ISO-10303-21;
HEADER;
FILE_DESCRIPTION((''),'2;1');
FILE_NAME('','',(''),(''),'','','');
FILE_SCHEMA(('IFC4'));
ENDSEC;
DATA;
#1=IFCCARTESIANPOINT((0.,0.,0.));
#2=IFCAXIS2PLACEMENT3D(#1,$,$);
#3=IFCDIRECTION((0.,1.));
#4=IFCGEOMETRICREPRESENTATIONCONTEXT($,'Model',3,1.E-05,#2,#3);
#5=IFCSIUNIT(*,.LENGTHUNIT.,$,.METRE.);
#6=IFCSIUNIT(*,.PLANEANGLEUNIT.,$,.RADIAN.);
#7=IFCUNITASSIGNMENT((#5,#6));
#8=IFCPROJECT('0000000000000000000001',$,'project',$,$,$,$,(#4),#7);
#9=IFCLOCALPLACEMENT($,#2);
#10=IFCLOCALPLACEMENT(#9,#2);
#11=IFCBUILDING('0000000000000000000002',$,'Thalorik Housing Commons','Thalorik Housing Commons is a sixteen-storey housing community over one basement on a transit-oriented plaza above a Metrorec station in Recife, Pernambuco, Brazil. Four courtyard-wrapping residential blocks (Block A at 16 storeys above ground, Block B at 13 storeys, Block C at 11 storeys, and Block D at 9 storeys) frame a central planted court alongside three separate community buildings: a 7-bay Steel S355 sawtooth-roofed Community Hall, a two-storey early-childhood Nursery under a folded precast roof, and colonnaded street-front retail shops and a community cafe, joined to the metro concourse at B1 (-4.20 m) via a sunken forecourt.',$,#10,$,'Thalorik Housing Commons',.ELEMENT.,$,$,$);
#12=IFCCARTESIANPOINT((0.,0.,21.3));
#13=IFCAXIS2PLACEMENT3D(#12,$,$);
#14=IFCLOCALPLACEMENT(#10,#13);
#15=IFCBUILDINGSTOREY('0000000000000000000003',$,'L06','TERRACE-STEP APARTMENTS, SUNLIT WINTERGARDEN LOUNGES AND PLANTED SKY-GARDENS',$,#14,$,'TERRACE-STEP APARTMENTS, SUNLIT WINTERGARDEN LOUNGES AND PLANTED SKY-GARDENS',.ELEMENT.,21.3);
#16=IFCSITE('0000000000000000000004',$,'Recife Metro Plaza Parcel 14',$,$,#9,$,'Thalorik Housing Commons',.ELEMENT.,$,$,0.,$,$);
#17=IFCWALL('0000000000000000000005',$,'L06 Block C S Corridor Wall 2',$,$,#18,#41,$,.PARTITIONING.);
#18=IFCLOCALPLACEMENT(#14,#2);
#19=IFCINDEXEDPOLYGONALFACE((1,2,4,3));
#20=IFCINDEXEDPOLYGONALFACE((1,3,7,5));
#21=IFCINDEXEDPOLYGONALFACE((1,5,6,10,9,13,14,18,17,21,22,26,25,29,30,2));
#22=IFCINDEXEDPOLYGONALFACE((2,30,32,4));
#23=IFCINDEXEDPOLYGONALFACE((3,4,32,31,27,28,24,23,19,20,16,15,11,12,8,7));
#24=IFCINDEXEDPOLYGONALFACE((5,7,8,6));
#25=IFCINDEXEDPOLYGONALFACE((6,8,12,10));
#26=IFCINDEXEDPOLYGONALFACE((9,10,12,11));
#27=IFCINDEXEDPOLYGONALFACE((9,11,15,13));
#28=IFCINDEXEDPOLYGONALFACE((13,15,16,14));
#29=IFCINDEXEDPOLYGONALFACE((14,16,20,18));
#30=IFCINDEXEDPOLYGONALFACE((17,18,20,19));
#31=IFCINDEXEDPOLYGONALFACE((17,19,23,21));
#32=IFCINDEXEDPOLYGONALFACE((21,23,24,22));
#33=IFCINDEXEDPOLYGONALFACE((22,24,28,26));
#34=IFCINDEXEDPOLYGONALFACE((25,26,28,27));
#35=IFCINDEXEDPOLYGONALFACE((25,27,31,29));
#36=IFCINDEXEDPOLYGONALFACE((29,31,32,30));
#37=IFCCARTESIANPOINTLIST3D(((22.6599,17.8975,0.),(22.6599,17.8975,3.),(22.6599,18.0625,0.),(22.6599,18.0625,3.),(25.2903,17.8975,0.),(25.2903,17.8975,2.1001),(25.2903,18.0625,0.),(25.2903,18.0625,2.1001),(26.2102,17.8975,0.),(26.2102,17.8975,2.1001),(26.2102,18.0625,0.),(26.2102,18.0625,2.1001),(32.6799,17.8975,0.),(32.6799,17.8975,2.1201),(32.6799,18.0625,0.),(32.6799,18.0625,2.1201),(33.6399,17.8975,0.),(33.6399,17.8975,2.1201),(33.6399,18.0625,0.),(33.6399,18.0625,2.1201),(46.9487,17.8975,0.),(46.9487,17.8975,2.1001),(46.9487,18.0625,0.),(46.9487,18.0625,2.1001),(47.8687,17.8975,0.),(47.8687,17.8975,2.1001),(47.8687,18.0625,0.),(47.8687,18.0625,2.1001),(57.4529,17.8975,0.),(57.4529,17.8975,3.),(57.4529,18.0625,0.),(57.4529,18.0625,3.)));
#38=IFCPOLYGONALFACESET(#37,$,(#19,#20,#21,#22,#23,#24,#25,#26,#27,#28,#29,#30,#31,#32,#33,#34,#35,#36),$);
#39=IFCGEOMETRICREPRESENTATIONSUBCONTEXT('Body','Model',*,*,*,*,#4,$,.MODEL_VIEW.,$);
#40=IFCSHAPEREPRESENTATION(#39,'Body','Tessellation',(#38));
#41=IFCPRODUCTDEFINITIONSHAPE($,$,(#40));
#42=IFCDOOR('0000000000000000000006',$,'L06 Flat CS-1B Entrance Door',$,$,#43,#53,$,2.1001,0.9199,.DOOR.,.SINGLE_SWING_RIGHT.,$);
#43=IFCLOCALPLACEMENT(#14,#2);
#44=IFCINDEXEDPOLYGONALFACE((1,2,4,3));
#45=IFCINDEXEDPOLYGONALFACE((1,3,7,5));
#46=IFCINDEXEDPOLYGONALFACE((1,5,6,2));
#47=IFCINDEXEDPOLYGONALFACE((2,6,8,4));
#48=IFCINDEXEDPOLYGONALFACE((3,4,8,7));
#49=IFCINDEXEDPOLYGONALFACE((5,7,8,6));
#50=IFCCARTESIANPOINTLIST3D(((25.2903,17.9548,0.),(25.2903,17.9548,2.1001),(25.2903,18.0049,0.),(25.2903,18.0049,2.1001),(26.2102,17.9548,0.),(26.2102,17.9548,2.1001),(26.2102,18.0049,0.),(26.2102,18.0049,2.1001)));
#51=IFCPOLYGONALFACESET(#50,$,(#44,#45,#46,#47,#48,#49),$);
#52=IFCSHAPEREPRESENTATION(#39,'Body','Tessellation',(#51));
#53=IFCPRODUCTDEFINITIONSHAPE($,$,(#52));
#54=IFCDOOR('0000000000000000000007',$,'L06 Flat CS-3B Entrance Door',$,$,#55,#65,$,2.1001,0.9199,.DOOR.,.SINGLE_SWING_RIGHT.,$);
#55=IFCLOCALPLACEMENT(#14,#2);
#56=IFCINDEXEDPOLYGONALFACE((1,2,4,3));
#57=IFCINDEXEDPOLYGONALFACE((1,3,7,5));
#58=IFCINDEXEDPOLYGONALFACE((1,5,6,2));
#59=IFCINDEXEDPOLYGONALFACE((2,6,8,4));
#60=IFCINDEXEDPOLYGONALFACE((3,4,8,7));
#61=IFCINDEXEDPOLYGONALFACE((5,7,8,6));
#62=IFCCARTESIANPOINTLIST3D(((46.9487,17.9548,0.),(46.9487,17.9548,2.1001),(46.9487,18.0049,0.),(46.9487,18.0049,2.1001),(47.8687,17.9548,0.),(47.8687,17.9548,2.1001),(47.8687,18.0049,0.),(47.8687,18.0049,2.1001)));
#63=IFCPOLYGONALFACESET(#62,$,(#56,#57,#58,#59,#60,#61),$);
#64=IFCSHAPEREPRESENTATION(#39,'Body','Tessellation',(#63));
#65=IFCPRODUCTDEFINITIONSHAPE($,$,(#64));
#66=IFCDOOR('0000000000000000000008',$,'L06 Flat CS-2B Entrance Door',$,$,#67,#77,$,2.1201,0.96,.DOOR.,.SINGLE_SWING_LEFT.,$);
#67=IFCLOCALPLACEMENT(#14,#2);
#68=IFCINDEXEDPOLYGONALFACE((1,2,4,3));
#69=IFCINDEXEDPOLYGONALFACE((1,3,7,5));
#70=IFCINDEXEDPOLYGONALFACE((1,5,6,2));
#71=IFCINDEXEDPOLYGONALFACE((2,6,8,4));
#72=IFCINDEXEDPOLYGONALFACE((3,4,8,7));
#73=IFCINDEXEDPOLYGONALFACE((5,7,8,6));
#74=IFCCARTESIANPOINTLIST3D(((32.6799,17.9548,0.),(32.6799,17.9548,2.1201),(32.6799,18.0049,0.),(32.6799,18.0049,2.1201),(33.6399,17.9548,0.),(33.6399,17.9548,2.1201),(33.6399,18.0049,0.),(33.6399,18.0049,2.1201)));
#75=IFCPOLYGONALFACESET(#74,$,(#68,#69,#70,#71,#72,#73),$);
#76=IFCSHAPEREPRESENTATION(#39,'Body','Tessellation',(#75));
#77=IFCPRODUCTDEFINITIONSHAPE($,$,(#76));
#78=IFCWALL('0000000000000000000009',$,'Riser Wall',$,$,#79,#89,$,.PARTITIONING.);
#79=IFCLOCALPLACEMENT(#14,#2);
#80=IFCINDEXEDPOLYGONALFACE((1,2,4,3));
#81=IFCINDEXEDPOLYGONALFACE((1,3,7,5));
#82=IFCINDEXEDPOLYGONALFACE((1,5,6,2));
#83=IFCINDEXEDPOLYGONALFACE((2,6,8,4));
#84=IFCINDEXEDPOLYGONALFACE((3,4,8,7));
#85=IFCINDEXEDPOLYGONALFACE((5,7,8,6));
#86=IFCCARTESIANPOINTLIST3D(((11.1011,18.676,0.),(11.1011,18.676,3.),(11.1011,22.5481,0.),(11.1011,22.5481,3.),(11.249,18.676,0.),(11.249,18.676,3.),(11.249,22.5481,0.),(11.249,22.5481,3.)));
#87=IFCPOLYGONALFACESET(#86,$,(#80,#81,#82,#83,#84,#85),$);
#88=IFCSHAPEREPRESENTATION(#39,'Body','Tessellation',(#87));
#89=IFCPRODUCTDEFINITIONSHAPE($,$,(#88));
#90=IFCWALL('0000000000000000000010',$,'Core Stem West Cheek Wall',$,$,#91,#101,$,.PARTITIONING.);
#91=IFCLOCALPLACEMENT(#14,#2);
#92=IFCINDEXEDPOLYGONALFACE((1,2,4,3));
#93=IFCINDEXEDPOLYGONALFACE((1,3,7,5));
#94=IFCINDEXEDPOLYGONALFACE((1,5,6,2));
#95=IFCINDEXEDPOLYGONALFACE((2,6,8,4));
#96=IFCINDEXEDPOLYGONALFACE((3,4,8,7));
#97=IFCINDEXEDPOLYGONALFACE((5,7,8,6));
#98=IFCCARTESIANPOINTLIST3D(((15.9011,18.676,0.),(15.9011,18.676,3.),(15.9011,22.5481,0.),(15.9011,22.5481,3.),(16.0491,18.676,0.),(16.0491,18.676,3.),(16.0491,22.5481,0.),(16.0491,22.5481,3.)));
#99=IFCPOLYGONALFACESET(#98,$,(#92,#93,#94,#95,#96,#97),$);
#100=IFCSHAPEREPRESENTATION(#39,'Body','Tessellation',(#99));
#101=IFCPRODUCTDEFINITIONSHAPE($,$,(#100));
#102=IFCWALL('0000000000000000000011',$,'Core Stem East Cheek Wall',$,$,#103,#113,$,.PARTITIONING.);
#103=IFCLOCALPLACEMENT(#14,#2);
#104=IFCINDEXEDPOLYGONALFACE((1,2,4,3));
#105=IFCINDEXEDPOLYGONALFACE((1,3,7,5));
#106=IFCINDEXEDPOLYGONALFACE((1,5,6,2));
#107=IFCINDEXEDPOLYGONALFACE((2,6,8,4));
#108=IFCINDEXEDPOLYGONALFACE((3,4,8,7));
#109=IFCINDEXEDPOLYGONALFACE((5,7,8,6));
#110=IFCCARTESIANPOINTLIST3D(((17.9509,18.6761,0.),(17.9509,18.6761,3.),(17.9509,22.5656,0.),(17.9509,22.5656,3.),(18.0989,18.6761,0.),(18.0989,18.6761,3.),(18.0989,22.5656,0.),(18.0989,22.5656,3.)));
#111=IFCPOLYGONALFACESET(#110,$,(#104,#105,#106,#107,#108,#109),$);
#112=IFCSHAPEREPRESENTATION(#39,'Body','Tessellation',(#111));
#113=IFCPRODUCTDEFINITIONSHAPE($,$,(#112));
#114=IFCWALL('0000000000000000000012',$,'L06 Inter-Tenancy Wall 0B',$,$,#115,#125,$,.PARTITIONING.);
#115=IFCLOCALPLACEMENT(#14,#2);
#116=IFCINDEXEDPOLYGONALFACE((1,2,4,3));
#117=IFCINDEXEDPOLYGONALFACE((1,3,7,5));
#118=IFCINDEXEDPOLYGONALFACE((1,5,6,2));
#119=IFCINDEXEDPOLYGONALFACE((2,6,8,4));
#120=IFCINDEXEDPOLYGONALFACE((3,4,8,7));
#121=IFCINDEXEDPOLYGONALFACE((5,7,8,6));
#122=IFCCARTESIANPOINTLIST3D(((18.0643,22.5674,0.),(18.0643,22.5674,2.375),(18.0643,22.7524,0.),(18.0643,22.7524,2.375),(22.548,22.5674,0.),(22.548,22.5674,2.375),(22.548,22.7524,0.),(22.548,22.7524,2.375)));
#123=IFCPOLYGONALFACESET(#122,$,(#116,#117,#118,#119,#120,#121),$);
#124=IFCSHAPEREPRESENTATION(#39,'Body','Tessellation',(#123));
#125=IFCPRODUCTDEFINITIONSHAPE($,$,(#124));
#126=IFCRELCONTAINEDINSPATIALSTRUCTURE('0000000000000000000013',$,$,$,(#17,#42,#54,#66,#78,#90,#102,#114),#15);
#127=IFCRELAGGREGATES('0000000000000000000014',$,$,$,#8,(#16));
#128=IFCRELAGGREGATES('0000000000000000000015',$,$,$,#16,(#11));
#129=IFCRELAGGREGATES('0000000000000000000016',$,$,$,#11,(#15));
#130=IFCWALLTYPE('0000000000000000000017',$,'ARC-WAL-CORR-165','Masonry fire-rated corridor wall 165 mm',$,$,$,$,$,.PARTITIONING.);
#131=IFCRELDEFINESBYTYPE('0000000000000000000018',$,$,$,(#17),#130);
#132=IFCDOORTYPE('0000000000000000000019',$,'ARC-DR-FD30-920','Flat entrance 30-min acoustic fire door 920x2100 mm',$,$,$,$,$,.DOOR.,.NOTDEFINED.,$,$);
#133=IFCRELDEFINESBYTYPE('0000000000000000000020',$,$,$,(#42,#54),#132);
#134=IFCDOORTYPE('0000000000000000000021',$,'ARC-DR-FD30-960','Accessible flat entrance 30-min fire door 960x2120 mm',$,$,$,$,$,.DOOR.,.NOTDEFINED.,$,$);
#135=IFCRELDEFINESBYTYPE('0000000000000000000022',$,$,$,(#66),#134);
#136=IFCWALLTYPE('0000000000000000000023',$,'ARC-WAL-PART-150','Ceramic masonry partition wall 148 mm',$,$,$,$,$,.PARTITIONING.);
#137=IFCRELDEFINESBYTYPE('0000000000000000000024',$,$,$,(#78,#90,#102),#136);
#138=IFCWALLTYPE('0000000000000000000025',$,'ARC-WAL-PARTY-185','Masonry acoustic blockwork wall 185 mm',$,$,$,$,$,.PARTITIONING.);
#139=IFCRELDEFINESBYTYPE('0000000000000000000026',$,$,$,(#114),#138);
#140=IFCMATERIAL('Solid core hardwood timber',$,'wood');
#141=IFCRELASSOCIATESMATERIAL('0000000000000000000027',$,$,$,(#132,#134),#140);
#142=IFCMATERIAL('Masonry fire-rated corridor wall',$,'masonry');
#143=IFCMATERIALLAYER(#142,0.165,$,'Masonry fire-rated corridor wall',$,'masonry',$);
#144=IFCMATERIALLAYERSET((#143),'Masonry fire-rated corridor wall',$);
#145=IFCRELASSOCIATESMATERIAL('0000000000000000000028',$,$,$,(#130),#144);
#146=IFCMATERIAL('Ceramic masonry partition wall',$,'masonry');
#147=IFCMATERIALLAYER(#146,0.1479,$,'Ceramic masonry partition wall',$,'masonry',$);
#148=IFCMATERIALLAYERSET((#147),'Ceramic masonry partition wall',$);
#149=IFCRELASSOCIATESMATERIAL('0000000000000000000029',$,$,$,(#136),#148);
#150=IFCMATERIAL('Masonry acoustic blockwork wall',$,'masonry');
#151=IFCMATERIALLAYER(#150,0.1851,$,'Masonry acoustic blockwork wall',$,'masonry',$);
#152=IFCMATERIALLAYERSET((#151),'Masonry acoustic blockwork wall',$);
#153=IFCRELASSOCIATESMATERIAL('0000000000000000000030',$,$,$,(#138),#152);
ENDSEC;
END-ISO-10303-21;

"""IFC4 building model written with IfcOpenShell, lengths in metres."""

from ifc_helpers import new_model, si_unit, direction, frame, frame_2d, origin, place, context, subcontext, project, spatial, rectangle, extrude, material, layer, layer_set, type_object, element, fill, save


model = new_model("IFC4")

# Units and contexts
model_context = context("Model", 3, precision=1e-05, world=origin(), true_north=direction((0.0, 1.0)))
body_context = subcontext(model_context, "Body", "Model", "MODEL_VIEW")
ifc_project = project(units=[si_unit("LENGTHUNIT", "METRE"), si_unit("PLANEANGLEUNIT", "RADIAN")], contexts=[model_context])

# Site, building, storey
site_placement = place(None, origin())
site = spatial("IfcSite", under=ifc_project, at=site_placement, Name="Recife Metro Plaza Parcel 14", LongName="Thalorik Housing Commons", CompositionType="ELEMENT", RefElevation=0.0)
building_placement = place(site_placement, origin())
building = spatial("IfcBuilding", under=site, at=building_placement, Name="Thalorik Housing Commons", Description="Thalorik Housing Commons is a sixteen-storey housing community over one basement on a transit-oriented plaza above a Metrorec station in Recife, Pernambuco, Brazil. Four courtyard-wrapping residential blocks (Block A at 16 storeys above ground, Block B at 13 storeys, Block C at 11 storeys, and Block D at 9 storeys) frame a central planted court alongside three separate community buildings: a 7-bay Steel S355 sawtooth-roofed Community Hall, a two-storey early-childhood Nursery under a folded precast roof, and colonnaded street-front retail shops and a community cafe, joined to the metro concourse at B1 (-4.20 m) via a sunken forecourt.", LongName="Thalorik Housing Commons", CompositionType="ELEMENT")
storey_placement = place(building_placement, frame((0.0, 0.0, 21.3)))
storey = spatial("IfcBuildingStorey", under=building, at=storey_placement, Name="L06", Description="TERRACE-STEP APARTMENTS, SUNLIT WINTERGARDEN LOUNGES AND PLANTED SKY-GARDENS", LongName="TERRACE-STEP APARTMENTS, SUNLIT WINTERGARDEN LOUNGES AND PLANTED SKY-GARDENS", CompositionType="ELEMENT", Elevation=21.3)

# Wall, openings, doors
ifc_material_1 = material(Name="Masonry fire-rated corridor wall", Category="masonry")
ifc_material_2 = material(Name="Solid core hardwood timber", Category="wood")
door_type_1 = type_object("IfcDoorType", Name="ARC-DR-FD30-920", Description="Flat entrance 30-min acoustic fire door 920x2100 mm", OperationType="NOTDEFINED", PredefinedType="DOOR", material=ifc_material_2)
ifc_layer_1 = layer(ifc_material_1, 0.165, Name="Masonry fire-rated corridor wall", Category="masonry")
ifc_layer_set_1 = layer_set([ifc_layer_1], Name="Masonry fire-rated corridor wall")
wall_type_1 = type_object("IfcWallType", Name="ARC-WAL-CORR-165", Description="Masonry fire-rated corridor wall 165 mm", PredefinedType="PARTITIONING", material=ifc_layer_set_1)
door_type_2 = type_object("IfcDoorType", Name="ARC-DR-FD30-960", Description="Accessible flat entrance 30-min fire door 960x2120 mm", OperationType="NOTDEFINED", PredefinedType="DOOR", material=ifc_material_2)
wall_1_placement = place(storey_placement, frame((22.6599, 17.98, 0.0), z_axis=(0.0, 0.0, 1.0), x_axis=(1.0, 0.0, 0.0)))
wall_1 = element("IfcWall", 1, at=wall_1_placement, inside=storey, type_object=wall_type_1, Name="L06 Block C S Corridor Wall 2", PredefinedType="PARTITIONING", context=body_context, shape_type="SweptSolid", body=[
    extrude(rectangle(XDim=34.793, YDim=0.165, at=frame_2d((17.3965, 0.0))), origin(), (0.0, 0.0, 1.0), 3.0),
])
opening_1_placement = place(wall_1_placement, frame((2.6304, 0.0, 0.0)))
opening_1 = element("IfcOpeningElement", 2, at=opening_1_placement, cuts=wall_1, PredefinedType="OPENING", context=body_context, shape_type="SweptSolid", body=[
    extrude(rectangle(XDim=0.9199, YDim=2.1001, at=frame_2d((0.46, 1.05))), frame((0.0, 0.0925, 0.0), z_axis=(0.0, -1.0, 0.0), x_axis=(1.0, 0.0, 0.0)), (0.0, 0.0, 1.0), 0.1851),
])
opening_2_placement = place(wall_1_placement, frame((10.02, 0.0, 0.0)))
opening_2 = element("IfcOpeningElement", 3, at=opening_2_placement, cuts=wall_1, PredefinedType="OPENING", context=body_context, shape_type="SweptSolid", body=[
    extrude(rectangle(XDim=0.96, YDim=2.1201, at=frame_2d((0.48, 1.0601))), frame((0.0, 0.0925, 0.0), z_axis=(0.0, -1.0, 0.0), x_axis=(1.0, 0.0, 0.0)), (0.0, 0.0, 1.0), 0.1851),
])
opening_3_placement = place(wall_1_placement, frame((24.2888, 0.0, 0.0)))
opening_3 = element("IfcOpeningElement", 4, at=opening_3_placement, cuts=wall_1, PredefinedType="OPENING", context=body_context, shape_type="SweptSolid", body=[
    extrude(rectangle(XDim=0.9199, YDim=2.1001, at=frame_2d((0.46, 1.05))), frame((0.0, 0.0925, 0.0), z_axis=(0.0, -1.0, 0.0), x_axis=(1.0, 0.0, 0.0)), (0.0, 0.0, 1.0), 0.1851),
])
door_1_placement = place(opening_1_placement, origin())
door_1 = element("IfcDoor", 5, at=door_1_placement, inside=storey, type_object=door_type_1, Name="L06 Flat CS-1B Entrance Door", OperationType="SINGLE_SWING_RIGHT", OverallHeight=2.1001, OverallWidth=0.9199, PredefinedType="DOOR", context=body_context, shape_type="SweptSolid", body=[
    extrude(rectangle(XDim=0.9199, YDim=2.1001, at=frame_2d((0.46, 1.05))), frame((0.0, 0.0249, 0.0), z_axis=(0.0, -1.0, 0.0), x_axis=(1.0, 0.0, 0.0)), (0.0, 0.0, 1.0), 0.05),
])
fill(opening_1, door_1)
door_2_placement = place(opening_3_placement, origin())
door_2 = element("IfcDoor", 6, at=door_2_placement, inside=storey, type_object=door_type_1, Name="L06 Flat CS-3B Entrance Door", OperationType="SINGLE_SWING_RIGHT", OverallHeight=2.1001, OverallWidth=0.9199, PredefinedType="DOOR", context=body_context, shape_type="SweptSolid", body=[
    extrude(rectangle(XDim=0.9199, YDim=2.1001, at=frame_2d((0.46, 1.05))), frame((0.0, 0.0249, 0.0), z_axis=(0.0, -1.0, 0.0), x_axis=(1.0, 0.0, 0.0)), (0.0, 0.0, 1.0), 0.05),
])
fill(opening_3, door_2)
door_3_placement = place(opening_2_placement, origin())
door_3 = element("IfcDoor", 7, at=door_3_placement, inside=storey, type_object=door_type_2, Name="L06 Flat CS-2B Entrance Door", OperationType="SINGLE_SWING_LEFT", OverallHeight=2.1201, OverallWidth=0.96, PredefinedType="DOOR", context=body_context, shape_type="SweptSolid", body=[
    extrude(rectangle(XDim=0.96, YDim=2.1201, at=frame_2d((0.48, 1.0601))), frame((0.0, 0.0249, 0.0), z_axis=(0.0, -1.0, 0.0), x_axis=(1.0, 0.0, 0.0)), (0.0, 0.0, 1.0), 0.05),
])
fill(opening_2, door_3)

# Walls
ifc_material_3 = material(Name="Ceramic masonry partition wall", Category="masonry")
ifc_layer_2 = layer(ifc_material_3, 0.1479, Name="Ceramic masonry partition wall", Category="masonry")
ifc_layer_set_2 = layer_set([ifc_layer_2], Name="Ceramic masonry partition wall")
wall_type_2 = type_object("IfcWallType", Name="ARC-WAL-PART-150", Description="Ceramic masonry partition wall 148 mm", PredefinedType="PARTITIONING", material=ifc_layer_set_2)
for number, where, z_axis, x_axis, name in (
    (8, (11.175, 18.676, 0.0), (0.0, 0.0, 1.0), (0.0, 1.0, 0.0), "Riser Wall"),
    (9, (15.9751, 18.676, 0.0), (0.0, 0.0, 1.0), (0.0, 1.0, 0.0), "Core Stem West Cheek Wall"),
):
    element("IfcWall", number, at=place(storey_placement, frame(where, z_axis=z_axis, x_axis=x_axis)), inside=storey, type_object=wall_type_2, Name=name, PredefinedType="PARTITIONING", context=body_context, shape_type="SweptSolid", body=[
        extrude(rectangle(XDim=3.8721, YDim=0.1479, at=frame_2d((1.936, 0.0))), origin(), (0.0, 0.0, 1.0), 3.0),
    ])
wall_2_placement = place(storey_placement, frame((18.0249, 18.676, 0.0), z_axis=(0.0, 0.0, 1.0), x_axis=(0.0, 1.0, 0.0)))
element("IfcWall", 10, at=wall_2_placement, inside=storey, type_object=wall_type_2, Name="Core Stem East Cheek Wall", PredefinedType="PARTITIONING", context=body_context, shape_type="SweptSolid", body=[
    extrude(rectangle(XDim=3.8894, YDim=0.1479, at=frame_2d((1.9448, 0.0))), origin(), (0.0, 0.0, 1.0), 3.0),
])

# Wall
ifc_material_4 = material(Name="Masonry acoustic blockwork wall", Category="masonry")
ifc_layer_3 = layer(ifc_material_4, 0.1851, Name="Masonry acoustic blockwork wall", Category="masonry")
ifc_layer_set_3 = layer_set([ifc_layer_3], Name="Masonry acoustic blockwork wall")
wall_type_3 = type_object("IfcWallType", Name="ARC-WAL-PARTY-185", Description="Masonry acoustic blockwork wall 185 mm", PredefinedType="PARTITIONING", material=ifc_layer_set_3)
wall_3_placement = place(storey_placement, frame((18.0645, 22.6599, 0.0), z_axis=(0.0, 0.0, 1.0), x_axis=(1.0, 0.0, 0.0)))
element("IfcWall", 11, at=wall_3_placement, inside=storey, type_object=wall_type_3, Name="L06 Inter-Tenancy Wall 0B", PredefinedType="PARTITIONING", context=body_context, shape_type="SweptSolid", body=[
    extrude(rectangle(XDim=4.4836, YDim=0.1851, at=frame_2d((2.2417, 0.0))), origin(), (0.0, 0.0, 1.0), 2.375),
])

save(model, "model.ifc")
